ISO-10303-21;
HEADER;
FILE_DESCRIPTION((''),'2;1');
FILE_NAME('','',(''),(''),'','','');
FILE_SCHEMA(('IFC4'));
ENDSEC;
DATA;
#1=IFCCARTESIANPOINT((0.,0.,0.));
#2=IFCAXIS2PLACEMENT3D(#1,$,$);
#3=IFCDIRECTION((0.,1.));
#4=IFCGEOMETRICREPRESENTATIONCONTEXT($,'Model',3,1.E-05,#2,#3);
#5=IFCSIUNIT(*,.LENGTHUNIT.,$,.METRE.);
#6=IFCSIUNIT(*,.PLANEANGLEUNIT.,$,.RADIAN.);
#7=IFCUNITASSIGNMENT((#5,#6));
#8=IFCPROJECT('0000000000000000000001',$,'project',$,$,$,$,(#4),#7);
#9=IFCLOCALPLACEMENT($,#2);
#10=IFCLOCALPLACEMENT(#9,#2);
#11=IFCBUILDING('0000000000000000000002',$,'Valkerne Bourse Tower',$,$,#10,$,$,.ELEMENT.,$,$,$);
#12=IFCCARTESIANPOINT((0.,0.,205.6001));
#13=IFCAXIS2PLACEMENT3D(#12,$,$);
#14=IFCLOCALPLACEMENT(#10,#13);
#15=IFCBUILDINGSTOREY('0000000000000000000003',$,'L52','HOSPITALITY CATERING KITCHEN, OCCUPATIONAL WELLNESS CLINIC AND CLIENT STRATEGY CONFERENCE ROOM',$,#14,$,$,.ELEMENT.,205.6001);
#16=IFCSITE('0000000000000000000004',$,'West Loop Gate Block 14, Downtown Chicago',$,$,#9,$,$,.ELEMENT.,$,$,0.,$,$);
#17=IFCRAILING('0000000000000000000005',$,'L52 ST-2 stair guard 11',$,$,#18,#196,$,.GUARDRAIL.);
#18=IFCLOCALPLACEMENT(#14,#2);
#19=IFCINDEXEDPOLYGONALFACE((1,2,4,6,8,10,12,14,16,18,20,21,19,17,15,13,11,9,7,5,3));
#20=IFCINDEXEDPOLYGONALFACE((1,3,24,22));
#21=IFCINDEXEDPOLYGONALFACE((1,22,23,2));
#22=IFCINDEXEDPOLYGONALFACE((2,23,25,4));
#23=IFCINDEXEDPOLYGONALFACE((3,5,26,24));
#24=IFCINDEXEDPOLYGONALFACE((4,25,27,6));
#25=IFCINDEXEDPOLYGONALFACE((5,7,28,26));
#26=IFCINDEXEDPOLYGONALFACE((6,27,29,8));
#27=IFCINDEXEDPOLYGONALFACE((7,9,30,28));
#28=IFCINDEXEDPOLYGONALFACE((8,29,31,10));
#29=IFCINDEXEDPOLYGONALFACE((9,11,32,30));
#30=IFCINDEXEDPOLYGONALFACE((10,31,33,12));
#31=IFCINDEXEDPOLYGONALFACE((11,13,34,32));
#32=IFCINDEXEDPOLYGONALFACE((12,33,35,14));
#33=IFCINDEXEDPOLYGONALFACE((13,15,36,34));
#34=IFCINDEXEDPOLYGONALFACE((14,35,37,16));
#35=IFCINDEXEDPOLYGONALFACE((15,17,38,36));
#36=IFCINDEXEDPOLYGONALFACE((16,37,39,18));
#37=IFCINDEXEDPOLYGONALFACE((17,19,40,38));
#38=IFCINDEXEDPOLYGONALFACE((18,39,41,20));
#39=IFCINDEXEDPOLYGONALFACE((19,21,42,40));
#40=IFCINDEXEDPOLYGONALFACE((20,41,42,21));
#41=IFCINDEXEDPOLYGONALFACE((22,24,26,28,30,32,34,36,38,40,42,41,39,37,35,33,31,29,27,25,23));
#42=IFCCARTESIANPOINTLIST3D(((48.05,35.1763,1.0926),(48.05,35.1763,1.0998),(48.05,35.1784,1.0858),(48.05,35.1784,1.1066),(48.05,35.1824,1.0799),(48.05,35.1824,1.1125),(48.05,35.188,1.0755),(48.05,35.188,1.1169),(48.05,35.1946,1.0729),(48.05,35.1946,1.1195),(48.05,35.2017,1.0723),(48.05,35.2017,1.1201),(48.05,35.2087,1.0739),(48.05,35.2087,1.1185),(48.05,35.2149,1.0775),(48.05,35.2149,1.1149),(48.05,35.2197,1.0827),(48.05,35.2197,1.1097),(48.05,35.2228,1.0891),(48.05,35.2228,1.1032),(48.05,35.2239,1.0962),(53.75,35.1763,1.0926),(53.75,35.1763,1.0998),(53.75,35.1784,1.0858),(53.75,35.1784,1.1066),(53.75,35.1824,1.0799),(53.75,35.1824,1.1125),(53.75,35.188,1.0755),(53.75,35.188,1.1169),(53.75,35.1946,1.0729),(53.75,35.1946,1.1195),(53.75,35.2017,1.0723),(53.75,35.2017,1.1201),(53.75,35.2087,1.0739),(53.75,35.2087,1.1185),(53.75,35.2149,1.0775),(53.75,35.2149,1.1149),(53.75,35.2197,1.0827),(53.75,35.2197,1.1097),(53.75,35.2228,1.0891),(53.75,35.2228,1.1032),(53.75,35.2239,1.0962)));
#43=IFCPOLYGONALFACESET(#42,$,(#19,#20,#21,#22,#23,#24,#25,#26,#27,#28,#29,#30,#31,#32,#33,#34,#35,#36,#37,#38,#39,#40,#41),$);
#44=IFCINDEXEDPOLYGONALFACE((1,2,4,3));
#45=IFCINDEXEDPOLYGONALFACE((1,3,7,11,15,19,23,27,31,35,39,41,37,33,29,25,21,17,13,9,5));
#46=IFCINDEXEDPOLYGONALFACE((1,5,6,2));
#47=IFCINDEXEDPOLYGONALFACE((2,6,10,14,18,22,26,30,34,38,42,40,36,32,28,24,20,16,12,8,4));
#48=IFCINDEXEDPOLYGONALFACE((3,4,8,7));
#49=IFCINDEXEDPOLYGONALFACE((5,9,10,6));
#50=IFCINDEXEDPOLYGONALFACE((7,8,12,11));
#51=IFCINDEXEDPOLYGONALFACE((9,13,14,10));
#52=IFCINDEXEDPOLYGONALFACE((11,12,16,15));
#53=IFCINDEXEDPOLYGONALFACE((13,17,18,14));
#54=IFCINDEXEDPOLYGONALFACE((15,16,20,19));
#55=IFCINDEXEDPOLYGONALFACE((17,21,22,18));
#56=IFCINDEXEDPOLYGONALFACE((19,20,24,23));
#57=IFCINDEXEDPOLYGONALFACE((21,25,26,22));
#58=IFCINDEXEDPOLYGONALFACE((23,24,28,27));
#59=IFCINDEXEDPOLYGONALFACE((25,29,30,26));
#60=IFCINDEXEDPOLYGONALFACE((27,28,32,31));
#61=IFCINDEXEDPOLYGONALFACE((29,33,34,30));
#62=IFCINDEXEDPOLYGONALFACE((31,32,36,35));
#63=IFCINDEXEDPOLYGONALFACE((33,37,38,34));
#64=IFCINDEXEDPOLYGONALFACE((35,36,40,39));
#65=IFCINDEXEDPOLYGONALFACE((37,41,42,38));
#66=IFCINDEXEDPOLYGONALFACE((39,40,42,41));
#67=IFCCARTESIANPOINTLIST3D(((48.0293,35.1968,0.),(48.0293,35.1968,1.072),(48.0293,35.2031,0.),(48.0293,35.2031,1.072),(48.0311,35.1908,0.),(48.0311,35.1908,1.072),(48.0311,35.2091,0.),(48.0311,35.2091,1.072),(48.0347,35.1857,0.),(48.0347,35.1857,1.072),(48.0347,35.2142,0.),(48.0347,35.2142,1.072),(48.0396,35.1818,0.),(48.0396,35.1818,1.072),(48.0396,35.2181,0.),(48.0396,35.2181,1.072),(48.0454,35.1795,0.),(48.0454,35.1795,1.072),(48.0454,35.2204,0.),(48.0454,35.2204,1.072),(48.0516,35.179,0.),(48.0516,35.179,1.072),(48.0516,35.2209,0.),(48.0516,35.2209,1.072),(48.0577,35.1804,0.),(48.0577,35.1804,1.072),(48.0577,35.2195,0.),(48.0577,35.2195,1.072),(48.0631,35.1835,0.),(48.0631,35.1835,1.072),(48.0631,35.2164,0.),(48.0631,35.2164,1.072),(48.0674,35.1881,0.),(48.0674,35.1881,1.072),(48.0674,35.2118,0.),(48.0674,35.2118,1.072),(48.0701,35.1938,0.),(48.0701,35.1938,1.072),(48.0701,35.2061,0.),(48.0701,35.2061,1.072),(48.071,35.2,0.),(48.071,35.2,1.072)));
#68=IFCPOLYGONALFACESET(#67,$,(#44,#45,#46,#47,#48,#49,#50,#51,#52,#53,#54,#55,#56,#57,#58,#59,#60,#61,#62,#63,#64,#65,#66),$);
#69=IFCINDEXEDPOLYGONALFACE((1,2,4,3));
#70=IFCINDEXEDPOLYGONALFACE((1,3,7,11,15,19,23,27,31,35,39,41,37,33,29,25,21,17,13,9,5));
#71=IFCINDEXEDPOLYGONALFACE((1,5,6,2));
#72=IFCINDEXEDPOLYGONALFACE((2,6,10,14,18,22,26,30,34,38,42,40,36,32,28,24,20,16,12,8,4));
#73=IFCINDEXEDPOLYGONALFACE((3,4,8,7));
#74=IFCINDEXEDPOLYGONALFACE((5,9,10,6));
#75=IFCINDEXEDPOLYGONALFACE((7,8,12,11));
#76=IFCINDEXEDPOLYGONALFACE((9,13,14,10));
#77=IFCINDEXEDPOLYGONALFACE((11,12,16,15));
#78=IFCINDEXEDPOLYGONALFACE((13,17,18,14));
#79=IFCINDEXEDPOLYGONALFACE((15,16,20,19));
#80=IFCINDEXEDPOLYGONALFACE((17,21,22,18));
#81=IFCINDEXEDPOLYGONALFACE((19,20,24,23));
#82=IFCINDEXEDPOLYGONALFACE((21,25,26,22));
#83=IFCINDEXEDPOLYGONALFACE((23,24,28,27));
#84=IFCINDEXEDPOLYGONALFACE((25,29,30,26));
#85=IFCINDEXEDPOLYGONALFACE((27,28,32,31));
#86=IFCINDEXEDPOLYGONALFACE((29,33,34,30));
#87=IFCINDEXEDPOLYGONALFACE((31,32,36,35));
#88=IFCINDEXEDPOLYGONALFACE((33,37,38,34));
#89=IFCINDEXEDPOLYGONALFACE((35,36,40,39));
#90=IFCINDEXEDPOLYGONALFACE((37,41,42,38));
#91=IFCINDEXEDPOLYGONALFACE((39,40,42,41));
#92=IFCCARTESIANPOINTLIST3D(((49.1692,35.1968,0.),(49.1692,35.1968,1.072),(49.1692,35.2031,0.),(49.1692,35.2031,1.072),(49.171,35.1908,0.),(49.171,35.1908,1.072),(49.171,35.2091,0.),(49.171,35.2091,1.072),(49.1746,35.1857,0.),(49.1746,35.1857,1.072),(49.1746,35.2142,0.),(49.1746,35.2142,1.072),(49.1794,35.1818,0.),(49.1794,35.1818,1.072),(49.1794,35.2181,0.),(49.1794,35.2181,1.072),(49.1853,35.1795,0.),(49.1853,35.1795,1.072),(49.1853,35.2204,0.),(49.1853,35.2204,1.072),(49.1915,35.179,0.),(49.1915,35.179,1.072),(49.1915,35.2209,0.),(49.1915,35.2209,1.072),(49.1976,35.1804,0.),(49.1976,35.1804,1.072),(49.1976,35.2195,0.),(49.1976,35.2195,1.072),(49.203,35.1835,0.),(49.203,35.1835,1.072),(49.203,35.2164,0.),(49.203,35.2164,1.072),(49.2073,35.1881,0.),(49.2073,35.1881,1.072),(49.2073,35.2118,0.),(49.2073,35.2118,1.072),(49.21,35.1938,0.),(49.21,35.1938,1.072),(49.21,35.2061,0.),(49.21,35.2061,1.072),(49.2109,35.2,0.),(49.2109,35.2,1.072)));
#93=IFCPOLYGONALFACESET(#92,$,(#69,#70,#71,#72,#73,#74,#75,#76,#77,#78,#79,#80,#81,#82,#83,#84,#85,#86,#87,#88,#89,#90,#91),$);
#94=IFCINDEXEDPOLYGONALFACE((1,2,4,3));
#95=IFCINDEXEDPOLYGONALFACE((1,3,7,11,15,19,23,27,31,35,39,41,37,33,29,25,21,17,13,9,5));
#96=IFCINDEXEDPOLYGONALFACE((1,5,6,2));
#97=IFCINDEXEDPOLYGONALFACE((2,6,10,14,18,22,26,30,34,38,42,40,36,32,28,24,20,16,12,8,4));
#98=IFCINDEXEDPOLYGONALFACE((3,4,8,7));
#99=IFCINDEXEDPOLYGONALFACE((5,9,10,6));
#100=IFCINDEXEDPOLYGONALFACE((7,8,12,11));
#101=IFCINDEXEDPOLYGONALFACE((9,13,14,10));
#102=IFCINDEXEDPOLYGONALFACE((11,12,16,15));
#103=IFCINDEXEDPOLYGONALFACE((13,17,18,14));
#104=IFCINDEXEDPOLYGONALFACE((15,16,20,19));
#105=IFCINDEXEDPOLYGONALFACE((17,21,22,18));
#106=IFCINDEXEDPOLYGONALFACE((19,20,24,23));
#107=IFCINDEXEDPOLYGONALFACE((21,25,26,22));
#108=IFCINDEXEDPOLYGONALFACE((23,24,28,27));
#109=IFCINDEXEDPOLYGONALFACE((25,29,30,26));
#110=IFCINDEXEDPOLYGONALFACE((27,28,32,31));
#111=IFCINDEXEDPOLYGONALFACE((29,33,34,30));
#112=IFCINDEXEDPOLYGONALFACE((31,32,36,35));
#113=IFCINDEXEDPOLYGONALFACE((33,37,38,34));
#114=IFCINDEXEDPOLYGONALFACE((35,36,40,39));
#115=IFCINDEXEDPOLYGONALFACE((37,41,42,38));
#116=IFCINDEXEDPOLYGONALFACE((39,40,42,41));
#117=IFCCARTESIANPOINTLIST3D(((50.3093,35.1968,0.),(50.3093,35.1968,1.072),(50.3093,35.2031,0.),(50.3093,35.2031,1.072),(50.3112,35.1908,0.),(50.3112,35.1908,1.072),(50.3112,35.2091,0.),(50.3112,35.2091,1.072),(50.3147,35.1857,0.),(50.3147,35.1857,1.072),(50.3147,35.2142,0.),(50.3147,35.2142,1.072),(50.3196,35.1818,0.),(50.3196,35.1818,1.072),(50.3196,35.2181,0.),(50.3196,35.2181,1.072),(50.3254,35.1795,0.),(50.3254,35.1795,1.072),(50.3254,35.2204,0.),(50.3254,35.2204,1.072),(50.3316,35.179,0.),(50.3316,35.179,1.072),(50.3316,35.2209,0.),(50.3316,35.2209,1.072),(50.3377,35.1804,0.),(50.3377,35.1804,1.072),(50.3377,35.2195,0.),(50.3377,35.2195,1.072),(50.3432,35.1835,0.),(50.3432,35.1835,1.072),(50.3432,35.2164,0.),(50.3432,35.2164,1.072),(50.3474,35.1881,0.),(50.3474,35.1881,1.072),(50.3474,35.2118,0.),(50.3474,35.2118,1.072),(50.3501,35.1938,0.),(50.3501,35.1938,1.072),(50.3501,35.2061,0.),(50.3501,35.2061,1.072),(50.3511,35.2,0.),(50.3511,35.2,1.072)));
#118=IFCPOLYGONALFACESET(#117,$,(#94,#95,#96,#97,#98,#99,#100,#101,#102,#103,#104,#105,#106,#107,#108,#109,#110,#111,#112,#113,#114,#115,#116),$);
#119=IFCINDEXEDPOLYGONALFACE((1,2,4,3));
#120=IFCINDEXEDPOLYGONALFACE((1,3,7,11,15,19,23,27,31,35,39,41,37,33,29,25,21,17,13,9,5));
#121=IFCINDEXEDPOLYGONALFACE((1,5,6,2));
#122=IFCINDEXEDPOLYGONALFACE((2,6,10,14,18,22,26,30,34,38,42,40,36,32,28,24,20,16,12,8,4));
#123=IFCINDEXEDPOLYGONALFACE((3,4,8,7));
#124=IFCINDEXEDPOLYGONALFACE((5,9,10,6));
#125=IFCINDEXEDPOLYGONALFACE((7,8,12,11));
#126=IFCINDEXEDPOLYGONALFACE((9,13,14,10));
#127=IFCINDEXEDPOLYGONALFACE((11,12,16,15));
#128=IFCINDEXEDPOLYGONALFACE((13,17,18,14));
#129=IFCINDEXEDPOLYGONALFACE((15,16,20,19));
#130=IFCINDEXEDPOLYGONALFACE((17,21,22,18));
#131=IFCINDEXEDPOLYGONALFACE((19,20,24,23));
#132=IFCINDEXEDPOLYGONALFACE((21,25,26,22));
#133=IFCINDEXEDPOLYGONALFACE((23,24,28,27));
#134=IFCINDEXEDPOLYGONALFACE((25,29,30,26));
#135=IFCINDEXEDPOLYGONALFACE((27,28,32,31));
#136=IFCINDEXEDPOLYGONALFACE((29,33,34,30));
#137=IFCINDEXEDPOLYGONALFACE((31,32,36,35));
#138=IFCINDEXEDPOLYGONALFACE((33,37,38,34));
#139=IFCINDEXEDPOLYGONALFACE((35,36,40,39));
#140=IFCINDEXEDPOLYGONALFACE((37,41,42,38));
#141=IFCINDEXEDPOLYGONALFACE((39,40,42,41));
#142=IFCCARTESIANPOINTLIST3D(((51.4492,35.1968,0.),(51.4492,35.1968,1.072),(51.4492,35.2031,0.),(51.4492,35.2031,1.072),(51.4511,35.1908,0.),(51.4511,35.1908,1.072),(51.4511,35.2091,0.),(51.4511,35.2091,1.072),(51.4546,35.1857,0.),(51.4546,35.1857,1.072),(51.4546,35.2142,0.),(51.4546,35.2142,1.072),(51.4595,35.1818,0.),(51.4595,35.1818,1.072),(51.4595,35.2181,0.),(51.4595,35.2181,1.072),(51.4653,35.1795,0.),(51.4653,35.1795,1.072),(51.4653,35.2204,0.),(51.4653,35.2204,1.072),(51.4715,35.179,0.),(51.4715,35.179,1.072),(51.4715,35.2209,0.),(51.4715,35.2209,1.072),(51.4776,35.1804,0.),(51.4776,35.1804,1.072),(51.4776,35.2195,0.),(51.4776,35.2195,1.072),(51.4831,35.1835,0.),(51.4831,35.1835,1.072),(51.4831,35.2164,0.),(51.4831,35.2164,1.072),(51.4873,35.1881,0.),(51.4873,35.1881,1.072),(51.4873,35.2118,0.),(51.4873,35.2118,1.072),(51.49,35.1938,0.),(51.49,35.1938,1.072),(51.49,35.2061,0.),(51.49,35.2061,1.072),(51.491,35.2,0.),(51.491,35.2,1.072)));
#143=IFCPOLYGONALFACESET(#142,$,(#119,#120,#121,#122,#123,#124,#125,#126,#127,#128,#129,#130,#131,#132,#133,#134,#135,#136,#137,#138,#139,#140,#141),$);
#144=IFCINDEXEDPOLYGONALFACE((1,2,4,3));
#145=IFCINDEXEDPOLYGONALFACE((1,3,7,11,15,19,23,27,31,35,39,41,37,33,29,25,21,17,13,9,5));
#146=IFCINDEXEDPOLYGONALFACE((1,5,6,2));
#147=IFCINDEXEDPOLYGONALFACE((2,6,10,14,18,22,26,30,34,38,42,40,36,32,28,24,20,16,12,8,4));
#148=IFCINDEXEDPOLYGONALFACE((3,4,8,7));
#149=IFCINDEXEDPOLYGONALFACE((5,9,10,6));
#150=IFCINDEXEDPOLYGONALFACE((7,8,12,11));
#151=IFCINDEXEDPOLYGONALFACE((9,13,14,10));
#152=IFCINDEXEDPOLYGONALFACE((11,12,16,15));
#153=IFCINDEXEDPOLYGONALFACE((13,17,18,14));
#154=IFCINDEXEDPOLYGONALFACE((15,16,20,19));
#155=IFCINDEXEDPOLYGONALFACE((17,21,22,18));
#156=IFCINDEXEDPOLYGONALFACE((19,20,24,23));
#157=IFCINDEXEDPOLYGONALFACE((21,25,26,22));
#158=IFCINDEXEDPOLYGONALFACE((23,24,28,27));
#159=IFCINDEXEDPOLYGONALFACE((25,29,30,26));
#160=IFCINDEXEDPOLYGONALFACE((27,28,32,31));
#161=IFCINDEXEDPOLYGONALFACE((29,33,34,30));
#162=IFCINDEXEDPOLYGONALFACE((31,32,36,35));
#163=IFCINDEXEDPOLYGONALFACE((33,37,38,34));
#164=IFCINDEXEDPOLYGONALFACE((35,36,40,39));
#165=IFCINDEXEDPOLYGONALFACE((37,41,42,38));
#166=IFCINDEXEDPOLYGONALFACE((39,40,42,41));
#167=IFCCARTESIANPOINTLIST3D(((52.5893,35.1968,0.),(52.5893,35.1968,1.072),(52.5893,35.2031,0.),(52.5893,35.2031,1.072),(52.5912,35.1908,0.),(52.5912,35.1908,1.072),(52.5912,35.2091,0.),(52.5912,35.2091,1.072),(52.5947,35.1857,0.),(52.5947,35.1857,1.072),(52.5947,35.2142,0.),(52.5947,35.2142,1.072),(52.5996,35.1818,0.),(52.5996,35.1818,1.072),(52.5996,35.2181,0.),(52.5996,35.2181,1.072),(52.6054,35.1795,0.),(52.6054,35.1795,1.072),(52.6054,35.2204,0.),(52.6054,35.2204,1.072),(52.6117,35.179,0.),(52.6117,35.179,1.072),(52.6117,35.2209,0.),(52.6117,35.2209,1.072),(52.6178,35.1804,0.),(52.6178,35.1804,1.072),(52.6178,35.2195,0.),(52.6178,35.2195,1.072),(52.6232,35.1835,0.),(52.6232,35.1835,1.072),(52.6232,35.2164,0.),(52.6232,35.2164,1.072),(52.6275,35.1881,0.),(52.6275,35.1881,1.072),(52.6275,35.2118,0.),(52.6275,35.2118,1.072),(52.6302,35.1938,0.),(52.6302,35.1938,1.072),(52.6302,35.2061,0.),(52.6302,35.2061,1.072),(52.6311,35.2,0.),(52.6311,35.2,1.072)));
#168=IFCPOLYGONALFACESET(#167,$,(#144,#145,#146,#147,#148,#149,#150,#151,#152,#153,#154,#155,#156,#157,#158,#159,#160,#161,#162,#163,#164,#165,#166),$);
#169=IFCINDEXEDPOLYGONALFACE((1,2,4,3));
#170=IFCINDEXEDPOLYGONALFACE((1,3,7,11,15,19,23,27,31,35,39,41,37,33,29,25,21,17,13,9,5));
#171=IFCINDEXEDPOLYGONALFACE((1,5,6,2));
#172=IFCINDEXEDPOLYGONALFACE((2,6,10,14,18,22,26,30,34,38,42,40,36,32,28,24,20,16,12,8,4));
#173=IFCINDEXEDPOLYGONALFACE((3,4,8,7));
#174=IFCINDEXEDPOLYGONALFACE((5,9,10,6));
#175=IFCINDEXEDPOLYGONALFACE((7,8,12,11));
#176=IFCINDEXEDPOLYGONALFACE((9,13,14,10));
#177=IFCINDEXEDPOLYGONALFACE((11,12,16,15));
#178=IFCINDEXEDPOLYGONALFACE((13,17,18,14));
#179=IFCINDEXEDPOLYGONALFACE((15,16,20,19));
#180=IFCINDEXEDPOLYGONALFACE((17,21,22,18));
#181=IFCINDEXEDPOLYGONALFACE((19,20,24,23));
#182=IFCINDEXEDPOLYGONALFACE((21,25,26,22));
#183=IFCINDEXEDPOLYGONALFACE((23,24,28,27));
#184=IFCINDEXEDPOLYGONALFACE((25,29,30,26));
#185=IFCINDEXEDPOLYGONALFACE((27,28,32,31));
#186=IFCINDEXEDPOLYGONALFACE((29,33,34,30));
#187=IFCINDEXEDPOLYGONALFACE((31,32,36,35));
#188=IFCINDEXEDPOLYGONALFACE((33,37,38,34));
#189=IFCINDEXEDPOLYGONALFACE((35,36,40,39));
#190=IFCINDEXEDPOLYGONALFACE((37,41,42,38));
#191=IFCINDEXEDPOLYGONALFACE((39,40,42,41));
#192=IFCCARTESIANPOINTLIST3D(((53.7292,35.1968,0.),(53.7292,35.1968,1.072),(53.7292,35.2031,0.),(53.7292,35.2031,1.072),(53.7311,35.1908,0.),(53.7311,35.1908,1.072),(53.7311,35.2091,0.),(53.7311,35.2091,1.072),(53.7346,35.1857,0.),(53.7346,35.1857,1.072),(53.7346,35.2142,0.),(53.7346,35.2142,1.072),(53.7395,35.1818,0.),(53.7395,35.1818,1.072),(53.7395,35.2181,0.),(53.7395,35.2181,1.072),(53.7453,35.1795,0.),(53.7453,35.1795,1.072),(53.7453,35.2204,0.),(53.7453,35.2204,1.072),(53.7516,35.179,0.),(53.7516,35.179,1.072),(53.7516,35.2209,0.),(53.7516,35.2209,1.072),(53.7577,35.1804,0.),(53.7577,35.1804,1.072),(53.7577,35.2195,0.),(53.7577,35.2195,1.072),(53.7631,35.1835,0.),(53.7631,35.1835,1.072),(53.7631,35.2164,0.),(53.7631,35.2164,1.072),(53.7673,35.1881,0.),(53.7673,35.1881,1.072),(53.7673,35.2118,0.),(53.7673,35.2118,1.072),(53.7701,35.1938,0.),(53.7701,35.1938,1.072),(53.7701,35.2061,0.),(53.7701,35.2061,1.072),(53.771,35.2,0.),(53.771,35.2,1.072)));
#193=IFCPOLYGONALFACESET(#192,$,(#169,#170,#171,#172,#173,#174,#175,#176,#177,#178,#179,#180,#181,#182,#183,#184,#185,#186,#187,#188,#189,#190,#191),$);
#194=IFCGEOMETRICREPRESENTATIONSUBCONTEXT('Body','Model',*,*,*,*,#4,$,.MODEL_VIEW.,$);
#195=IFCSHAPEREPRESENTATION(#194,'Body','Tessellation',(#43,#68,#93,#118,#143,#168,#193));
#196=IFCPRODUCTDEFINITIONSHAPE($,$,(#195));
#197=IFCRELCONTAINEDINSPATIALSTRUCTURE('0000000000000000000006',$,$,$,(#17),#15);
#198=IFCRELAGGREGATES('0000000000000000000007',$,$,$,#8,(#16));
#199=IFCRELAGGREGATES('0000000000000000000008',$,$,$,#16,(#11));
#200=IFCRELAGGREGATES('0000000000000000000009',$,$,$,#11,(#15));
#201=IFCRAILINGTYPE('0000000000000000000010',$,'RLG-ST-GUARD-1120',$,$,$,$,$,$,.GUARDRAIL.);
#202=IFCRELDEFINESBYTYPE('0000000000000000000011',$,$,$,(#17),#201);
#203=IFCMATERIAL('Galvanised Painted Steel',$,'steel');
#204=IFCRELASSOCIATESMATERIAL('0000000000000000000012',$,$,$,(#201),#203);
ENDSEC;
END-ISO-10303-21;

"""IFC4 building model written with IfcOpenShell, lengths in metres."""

from ifc_helpers import new_model, si_unit, direction, frame, origin, origin_2d, place, context, subcontext, project, spatial, circle, extrude, material, type_object, element, save


model = new_model("IFC4")

# Units and contexts
model_context = context("Model", 3, precision=1e-05, world=origin(), true_north=direction((0.0, 1.0)))
body_context = subcontext(model_context, "Body", "Model", "MODEL_VIEW")
ifc_project = project(units=[si_unit("LENGTHUNIT", "METRE"), si_unit("PLANEANGLEUNIT", "RADIAN")], contexts=[model_context])

# Site, building, storey
site_placement = place(None, origin())
site = spatial("IfcSite", under=ifc_project, at=site_placement, Name="West Loop Gate Block 14, Downtown Chicago", CompositionType="ELEMENT", RefElevation=0.0)
building_placement = place(site_placement, origin())
building = spatial("IfcBuilding", under=site, at=building_placement, Name="Valkerne Bourse Tower", CompositionType="ELEMENT")
storey_placement = place(building_placement, frame((0.0, 0.0, 205.6001)))
storey = spatial("IfcBuildingStorey", under=building, at=storey_placement, Name="L52", Description="HOSPITALITY CATERING KITCHEN, OCCUPATIONAL WELLNESS CLINIC AND CLIENT STRATEGY CONFERENCE ROOM", CompositionType="ELEMENT", Elevation=205.6001)

# Shared definitions
ifc_material_1 = material(Name="Galvanised Painted Steel", Category="steel")

# Railing
railing_type_1 = type_object("IfcRailingType", Name="RLG-ST-GUARD-1120", PredefinedType="GUARDRAIL", material=ifc_material_1)
for number, where, name in (
    (1, (48.05, 35.2, 0.0), "L52 ST-2 stair guard 11"),
):
    element("IfcRailing", number, at=place(storey_placement, frame(where)), inside=storey, type_object=railing_type_1, Name=name, PredefinedType="GUARDRAIL", context=body_context, shape_type="SweptSolid", body=[
        extrude(circle(Radius=0.0239, at=origin_2d()), frame((0.0, 0.0, 1.0962), z_axis=(1.0, 0.0, 0.0), x_axis=(0.0, 1.0, 0.0)), (0.0, 0.0, 1.0), 5.7),
        extrude(circle(Radius=0.021, at=origin_2d()), origin(), (0.0, 0.0, 1.0), 1.072),
        extrude(circle(Radius=0.021, at=origin_2d()), frame((1.1399, 0.0, 0.0)), (0.0, 0.0, 1.0), 1.072),
        extrude(circle(Radius=0.021, at=origin_2d()), frame((2.28, 0.0, 0.0)), (0.0, 0.0, 1.0), 1.072),
        extrude(circle(Radius=0.021, at=origin_2d()), frame((3.4199, 0.0, 0.0)), (0.0, 0.0, 1.0), 1.072),
        extrude(circle(Radius=0.021, at=origin_2d()), frame((4.5601, 0.0, 0.0)), (0.0, 0.0, 1.0), 1.072),
        extrude(circle(Radius=0.021, at=origin_2d()), frame((5.7, 0.0, 0.0)), (0.0, 0.0, 1.0), 1.072),
    ])

save(model, "model.ifc")
